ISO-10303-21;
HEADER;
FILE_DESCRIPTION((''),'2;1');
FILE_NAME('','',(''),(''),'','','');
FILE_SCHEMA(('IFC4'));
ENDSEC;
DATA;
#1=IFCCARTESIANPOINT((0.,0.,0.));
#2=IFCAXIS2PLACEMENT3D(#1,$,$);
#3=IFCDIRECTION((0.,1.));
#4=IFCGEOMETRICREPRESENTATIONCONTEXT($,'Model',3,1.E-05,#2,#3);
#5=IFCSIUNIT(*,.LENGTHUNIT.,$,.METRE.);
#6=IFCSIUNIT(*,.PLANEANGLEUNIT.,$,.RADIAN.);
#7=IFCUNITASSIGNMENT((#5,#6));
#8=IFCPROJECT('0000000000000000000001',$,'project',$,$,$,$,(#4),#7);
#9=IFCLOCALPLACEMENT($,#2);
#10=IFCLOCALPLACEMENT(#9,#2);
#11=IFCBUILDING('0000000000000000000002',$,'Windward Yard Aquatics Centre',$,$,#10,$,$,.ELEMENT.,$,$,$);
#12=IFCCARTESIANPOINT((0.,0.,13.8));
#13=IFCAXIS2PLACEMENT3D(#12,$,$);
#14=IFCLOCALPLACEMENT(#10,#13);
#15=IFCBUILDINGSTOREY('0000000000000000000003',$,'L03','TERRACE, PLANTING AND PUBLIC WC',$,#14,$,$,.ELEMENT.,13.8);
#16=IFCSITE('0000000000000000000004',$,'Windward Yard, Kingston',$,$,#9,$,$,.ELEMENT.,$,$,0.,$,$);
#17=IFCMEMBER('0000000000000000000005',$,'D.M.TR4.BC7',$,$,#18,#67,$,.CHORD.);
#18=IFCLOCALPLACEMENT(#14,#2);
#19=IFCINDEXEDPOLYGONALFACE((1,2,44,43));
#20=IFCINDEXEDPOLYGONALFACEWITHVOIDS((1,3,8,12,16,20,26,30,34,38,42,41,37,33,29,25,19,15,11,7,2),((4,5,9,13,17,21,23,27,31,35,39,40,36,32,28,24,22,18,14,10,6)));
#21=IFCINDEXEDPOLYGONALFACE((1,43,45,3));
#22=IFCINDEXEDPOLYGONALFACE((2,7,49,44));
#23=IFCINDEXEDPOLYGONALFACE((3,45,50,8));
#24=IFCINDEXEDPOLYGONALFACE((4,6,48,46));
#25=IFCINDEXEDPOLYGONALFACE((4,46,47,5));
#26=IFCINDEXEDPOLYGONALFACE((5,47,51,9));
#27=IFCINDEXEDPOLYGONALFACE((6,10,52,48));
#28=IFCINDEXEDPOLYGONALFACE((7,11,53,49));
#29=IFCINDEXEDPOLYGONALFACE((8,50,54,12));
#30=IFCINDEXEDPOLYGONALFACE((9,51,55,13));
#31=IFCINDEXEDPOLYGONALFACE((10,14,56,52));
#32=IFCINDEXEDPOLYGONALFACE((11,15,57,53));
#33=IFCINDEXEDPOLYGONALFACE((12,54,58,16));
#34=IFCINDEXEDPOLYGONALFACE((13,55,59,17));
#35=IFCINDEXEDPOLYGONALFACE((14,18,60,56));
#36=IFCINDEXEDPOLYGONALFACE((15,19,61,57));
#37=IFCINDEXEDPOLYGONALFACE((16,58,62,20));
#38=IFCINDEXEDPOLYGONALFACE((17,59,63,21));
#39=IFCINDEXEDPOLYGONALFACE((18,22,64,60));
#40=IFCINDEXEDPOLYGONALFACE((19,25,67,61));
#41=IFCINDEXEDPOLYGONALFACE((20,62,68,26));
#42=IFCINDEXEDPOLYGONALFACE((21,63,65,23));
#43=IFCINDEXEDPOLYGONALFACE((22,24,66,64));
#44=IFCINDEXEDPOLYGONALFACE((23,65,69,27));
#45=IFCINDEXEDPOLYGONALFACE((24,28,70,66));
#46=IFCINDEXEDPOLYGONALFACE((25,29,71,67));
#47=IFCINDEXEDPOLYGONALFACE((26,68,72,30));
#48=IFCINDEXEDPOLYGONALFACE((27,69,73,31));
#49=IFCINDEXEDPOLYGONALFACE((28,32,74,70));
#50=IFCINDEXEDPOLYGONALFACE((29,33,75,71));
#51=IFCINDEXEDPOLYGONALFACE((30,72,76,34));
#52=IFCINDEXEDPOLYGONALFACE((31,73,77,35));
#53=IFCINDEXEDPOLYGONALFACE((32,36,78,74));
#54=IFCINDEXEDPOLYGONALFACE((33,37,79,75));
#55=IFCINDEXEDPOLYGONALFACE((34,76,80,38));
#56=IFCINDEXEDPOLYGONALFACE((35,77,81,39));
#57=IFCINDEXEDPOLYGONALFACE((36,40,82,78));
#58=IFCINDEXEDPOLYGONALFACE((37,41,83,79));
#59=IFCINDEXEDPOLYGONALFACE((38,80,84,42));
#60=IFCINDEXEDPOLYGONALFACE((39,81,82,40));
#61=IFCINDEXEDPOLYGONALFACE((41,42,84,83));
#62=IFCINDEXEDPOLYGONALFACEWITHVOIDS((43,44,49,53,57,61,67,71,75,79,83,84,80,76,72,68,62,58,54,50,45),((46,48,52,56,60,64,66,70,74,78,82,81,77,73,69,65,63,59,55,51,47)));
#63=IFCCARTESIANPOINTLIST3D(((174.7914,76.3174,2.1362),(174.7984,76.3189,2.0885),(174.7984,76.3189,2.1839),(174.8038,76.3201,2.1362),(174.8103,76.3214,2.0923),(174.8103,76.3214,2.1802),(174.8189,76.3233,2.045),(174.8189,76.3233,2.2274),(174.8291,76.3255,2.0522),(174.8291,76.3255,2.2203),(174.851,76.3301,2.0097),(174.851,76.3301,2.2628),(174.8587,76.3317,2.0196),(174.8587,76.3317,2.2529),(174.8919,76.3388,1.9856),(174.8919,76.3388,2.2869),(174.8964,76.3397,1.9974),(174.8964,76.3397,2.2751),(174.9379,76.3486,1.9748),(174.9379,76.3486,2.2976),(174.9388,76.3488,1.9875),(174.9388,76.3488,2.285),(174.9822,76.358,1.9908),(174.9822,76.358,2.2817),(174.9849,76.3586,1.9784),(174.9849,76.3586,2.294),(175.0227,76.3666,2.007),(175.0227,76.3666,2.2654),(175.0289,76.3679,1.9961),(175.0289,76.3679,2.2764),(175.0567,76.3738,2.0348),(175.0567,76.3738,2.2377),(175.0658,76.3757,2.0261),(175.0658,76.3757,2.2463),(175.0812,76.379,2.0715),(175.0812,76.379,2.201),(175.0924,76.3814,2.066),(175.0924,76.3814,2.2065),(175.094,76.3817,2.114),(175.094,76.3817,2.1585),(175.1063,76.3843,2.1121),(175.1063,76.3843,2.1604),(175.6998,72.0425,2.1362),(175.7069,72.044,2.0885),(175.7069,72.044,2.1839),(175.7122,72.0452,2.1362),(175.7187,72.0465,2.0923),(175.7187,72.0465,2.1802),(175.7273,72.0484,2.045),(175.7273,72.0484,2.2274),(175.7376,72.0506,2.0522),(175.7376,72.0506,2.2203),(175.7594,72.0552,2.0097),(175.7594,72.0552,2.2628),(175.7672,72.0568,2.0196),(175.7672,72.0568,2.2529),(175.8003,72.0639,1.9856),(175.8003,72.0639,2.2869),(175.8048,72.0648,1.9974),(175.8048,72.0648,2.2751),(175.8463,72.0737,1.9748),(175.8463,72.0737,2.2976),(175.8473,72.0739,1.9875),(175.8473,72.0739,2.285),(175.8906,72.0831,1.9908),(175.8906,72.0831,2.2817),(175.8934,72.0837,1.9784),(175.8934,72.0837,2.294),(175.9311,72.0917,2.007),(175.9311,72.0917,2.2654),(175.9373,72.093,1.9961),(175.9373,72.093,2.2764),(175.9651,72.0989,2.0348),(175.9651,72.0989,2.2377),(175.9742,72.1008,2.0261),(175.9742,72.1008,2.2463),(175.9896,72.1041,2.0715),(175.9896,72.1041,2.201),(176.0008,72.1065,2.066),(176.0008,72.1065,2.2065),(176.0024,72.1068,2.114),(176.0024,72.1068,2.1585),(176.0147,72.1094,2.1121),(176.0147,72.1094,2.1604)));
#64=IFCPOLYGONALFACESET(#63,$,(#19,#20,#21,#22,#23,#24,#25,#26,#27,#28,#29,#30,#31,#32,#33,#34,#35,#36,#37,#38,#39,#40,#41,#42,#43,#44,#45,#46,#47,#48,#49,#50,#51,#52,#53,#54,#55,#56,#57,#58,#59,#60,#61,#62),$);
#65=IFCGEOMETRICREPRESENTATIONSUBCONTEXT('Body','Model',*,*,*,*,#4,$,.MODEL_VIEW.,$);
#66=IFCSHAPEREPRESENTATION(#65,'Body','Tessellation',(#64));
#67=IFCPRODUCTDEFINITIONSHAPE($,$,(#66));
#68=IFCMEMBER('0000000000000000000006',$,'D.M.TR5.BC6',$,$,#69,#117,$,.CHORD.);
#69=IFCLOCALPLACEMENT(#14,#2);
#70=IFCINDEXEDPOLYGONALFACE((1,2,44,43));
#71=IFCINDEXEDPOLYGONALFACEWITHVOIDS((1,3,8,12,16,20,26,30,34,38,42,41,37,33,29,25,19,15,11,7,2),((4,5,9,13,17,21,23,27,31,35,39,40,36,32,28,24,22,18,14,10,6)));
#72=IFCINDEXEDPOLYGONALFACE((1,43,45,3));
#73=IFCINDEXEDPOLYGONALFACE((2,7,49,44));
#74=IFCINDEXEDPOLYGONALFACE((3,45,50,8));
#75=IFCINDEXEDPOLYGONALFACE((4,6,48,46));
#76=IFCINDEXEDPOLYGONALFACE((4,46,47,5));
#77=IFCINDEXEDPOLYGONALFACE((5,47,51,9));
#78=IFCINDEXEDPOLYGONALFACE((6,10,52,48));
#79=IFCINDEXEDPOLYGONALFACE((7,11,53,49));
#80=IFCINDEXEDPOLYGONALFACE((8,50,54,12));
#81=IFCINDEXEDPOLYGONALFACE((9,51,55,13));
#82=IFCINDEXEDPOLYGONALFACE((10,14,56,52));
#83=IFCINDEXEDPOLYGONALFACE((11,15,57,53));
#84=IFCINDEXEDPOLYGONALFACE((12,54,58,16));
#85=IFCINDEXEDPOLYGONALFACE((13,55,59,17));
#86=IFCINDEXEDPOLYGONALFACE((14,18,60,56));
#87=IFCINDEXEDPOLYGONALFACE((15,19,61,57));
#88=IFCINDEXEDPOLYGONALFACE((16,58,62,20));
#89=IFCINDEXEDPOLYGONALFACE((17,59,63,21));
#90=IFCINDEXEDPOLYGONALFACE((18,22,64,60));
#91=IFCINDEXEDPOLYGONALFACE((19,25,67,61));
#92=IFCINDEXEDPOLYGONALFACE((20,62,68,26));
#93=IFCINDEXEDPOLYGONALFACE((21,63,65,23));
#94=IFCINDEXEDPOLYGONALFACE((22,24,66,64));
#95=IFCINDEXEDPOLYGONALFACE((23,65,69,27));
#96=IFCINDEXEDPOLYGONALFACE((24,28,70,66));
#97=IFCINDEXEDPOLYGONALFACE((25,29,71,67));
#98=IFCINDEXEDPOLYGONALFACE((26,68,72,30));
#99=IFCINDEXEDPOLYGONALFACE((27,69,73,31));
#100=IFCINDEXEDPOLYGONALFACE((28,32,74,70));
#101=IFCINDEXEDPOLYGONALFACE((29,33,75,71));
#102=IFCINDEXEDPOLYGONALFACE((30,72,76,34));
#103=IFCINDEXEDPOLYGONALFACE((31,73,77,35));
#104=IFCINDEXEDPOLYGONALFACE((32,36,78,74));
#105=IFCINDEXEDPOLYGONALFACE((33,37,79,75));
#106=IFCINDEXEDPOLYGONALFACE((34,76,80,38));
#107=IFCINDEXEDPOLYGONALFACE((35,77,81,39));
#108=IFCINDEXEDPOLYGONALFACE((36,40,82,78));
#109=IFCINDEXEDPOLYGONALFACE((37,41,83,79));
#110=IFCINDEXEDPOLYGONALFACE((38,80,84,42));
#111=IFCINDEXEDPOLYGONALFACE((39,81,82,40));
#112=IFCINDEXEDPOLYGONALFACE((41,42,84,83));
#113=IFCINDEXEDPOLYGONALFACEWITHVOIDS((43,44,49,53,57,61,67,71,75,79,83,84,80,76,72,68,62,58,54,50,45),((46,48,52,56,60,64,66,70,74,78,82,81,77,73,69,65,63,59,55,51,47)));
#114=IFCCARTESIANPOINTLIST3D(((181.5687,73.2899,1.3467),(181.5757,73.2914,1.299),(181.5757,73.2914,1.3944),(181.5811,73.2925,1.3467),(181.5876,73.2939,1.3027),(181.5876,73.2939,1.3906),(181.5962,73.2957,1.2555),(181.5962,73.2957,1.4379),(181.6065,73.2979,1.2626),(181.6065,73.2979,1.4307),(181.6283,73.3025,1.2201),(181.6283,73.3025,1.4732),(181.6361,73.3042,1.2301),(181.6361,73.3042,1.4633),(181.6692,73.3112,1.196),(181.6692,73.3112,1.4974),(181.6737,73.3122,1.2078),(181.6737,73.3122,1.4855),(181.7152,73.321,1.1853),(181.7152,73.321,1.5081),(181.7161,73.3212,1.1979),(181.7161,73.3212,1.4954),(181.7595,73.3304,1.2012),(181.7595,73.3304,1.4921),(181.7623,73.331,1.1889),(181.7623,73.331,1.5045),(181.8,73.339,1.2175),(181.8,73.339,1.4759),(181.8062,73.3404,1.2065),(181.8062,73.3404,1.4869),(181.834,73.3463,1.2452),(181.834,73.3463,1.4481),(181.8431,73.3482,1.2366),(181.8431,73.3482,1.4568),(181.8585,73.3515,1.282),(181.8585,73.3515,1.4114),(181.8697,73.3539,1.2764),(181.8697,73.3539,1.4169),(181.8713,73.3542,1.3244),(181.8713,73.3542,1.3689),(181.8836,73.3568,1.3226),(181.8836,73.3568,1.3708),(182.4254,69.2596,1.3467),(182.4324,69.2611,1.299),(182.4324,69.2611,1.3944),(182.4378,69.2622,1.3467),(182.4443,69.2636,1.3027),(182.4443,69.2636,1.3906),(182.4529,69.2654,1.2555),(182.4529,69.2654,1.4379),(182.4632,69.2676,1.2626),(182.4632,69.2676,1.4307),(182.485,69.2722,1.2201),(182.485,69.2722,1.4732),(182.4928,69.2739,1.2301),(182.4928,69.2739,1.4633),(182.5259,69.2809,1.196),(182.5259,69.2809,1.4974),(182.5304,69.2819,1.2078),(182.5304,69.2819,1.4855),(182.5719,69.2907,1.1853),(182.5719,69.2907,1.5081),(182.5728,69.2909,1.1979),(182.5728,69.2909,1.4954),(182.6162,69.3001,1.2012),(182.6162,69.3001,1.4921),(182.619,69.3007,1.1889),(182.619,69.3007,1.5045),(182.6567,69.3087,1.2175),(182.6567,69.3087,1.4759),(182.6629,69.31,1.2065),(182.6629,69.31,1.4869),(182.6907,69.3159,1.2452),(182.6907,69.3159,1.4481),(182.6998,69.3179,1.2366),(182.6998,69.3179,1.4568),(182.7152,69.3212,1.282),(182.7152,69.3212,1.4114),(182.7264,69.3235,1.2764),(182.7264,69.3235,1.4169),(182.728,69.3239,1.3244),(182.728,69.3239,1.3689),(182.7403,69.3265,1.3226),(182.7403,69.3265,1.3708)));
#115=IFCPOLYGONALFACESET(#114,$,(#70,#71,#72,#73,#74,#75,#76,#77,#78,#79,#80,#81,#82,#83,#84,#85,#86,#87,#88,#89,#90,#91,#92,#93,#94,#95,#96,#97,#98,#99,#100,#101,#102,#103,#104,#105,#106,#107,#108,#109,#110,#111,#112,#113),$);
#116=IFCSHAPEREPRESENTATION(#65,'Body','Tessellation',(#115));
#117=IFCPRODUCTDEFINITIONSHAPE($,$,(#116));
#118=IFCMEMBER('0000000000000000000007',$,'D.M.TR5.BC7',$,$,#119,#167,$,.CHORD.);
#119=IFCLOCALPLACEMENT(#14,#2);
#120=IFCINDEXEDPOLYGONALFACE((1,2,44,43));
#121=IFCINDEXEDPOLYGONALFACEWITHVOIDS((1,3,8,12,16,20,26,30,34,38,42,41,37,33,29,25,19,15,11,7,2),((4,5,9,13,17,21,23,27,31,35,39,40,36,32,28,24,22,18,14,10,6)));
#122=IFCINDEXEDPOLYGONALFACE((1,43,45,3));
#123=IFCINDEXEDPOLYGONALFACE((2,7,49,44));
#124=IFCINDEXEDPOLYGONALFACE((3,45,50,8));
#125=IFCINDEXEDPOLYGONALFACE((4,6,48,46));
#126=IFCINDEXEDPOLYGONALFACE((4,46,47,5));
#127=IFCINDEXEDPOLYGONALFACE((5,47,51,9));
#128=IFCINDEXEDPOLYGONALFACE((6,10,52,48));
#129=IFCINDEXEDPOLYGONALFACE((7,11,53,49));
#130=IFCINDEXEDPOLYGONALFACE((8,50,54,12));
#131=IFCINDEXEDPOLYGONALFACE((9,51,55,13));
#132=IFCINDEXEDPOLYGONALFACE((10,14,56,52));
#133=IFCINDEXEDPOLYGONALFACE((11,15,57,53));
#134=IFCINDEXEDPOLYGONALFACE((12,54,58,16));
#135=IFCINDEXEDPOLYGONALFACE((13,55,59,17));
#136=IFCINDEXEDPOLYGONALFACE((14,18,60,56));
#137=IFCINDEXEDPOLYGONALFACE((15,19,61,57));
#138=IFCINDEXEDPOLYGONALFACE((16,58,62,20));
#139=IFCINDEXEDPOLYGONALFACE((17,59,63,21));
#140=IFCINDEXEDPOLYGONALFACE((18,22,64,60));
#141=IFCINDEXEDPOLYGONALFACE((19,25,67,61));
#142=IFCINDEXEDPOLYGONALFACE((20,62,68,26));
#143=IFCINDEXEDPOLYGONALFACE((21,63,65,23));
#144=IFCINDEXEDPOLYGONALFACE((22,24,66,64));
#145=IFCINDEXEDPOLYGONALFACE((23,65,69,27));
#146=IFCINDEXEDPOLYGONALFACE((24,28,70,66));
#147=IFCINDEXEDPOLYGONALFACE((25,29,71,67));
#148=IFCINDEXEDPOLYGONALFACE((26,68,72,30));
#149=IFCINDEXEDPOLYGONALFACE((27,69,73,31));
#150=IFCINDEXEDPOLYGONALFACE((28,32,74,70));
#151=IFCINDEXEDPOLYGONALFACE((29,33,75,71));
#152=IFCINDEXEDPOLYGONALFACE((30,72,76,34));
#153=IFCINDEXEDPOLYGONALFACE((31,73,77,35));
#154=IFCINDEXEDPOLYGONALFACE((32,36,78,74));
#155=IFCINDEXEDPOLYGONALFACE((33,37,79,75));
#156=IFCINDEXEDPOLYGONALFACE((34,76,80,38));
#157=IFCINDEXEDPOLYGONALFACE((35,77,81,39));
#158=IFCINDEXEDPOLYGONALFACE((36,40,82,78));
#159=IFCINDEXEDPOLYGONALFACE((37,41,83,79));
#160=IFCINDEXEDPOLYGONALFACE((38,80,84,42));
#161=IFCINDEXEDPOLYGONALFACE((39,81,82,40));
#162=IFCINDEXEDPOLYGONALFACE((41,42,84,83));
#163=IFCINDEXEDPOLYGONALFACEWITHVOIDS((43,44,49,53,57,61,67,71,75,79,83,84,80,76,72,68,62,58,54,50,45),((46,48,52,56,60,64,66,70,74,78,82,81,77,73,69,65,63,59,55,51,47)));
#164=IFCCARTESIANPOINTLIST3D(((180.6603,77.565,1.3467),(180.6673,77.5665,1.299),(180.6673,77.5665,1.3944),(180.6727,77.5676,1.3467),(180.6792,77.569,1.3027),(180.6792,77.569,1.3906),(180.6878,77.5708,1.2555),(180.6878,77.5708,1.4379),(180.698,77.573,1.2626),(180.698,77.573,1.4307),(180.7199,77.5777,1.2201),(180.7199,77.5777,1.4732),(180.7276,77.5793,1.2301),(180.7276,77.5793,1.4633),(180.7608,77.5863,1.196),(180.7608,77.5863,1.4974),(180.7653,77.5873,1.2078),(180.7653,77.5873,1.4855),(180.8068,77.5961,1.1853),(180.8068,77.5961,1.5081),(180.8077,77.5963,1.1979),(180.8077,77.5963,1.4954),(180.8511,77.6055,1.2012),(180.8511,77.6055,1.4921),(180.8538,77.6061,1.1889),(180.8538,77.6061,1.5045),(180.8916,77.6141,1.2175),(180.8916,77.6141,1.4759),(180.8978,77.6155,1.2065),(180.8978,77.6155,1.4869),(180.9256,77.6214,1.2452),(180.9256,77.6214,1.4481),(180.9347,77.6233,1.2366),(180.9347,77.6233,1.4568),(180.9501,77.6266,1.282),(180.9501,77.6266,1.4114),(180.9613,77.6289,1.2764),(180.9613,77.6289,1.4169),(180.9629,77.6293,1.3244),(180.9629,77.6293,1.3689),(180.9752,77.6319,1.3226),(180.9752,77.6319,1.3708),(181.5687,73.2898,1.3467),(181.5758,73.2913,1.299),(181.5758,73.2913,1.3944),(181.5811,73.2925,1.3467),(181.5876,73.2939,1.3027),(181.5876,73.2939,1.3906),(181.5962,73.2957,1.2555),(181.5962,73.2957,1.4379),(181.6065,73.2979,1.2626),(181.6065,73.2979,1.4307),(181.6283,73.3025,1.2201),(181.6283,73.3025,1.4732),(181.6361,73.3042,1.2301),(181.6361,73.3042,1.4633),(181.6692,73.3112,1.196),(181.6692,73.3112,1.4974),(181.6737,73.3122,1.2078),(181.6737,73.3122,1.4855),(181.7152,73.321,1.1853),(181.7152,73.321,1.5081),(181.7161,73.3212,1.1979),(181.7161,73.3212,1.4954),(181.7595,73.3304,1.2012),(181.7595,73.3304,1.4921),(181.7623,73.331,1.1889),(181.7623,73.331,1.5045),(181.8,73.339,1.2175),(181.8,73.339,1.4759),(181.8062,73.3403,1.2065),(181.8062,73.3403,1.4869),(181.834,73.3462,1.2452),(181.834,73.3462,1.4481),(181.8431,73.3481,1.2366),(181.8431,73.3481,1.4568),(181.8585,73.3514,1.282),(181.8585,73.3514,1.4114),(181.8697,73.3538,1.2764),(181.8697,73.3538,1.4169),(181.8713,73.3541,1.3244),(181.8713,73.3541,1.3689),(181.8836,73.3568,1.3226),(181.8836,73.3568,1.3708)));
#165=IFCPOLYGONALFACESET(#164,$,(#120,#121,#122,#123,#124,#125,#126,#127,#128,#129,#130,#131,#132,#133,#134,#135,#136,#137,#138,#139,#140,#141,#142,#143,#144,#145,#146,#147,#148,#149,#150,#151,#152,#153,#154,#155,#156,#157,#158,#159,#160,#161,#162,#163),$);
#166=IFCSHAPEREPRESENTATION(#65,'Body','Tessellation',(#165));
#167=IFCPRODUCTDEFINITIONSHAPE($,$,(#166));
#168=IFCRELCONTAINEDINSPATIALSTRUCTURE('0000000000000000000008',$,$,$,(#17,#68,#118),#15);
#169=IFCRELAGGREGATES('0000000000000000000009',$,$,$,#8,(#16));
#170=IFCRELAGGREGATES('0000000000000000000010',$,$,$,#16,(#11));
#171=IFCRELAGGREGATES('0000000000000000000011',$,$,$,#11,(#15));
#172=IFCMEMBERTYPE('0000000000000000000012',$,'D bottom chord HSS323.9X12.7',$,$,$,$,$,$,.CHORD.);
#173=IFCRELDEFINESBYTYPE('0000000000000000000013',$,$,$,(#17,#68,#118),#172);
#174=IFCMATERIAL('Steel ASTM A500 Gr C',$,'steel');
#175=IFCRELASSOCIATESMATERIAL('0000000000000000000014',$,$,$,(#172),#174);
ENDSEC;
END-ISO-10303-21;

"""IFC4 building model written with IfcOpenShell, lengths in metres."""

from ifc_helpers import new_model, si_unit, direction, frame, origin, origin_2d, place, context, subcontext, project, spatial, hollow_circle, extrude, material, material_profile, profile_set, type_object, element, save


model = new_model("IFC4")

# Units and contexts
model_context = context("Model", 3, precision=1e-05, world=origin(), true_north=direction((0.0, 1.0)))
body_context = subcontext(model_context, "Body", "Model", "MODEL_VIEW")
ifc_project = project(units=[si_unit("LENGTHUNIT", "METRE"), si_unit("PLANEANGLEUNIT", "RADIAN")], contexts=[model_context])

# Site, building, storey
site_placement = place(None, origin())
site = spatial("IfcSite", under=ifc_project, at=site_placement, Name="Windward Yard, Kingston", CompositionType="ELEMENT", RefElevation=0.0)
building_placement = place(site_placement, origin())
building = spatial("IfcBuilding", under=site, at=building_placement, Name="Windward Yard Aquatics Centre", CompositionType="ELEMENT")
storey_placement = place(building_placement, frame((0.0, 0.0, 13.8)))
storey = spatial("IfcBuildingStorey", under=building, at=storey_placement, Name="L03", Description="TERRACE, PLANTING AND PUBLIC WC", CompositionType="ELEMENT", Elevation=13.8)

# Members
ifc_material_1 = material(Name="Steel ASTM A500 Gr C", Category="steel")
ifc_material_profile_1 = material_profile(ifc_material_1, hollow_circle(Radius=0.1619, WallThickness=0.0127, at=origin_2d()), Name="HSS323.9X12.7")
ifc_profile_set_1 = profile_set([ifc_material_profile_1], Name="Steel ASTM A500 Gr C")
member_type_1 = type_object("IfcMemberType", Name="D bottom chord HSS323.9X12.7", PredefinedType="CHORD", material=ifc_profile_set_1)
member_1_placement = place(storey_placement, frame((175.8582, 72.0762, 2.1362), z_axis=(-0.207865, 0.978157, 0.0), x_axis=(-0.978157, -0.207865, 0.0)))
element("IfcMember", 1, at=member_1_placement, inside=storey, type_object=member_type_1, Name="D.M.TR4.BC7", PredefinedType="CHORD", context=body_context, shape_type="SweptSolid", body=[
    extrude(hollow_circle(Radius=0.1619, WallThickness=0.0127, at=origin_2d()), origin(), (0.0, 0.0, 1.0), 4.3704),
])
member_2_placement = place(storey_placement, frame((182.5837, 69.2932, 1.3467), z_axis=(-0.207918, 0.978146, 0.0), x_axis=(-0.978146, -0.207918, 0.0)))
element("IfcMember", 2, at=member_2_placement, inside=storey, type_object=member_type_1, Name="D.M.TR5.BC6", PredefinedType="CHORD", context=body_context, shape_type="SweptSolid", body=[
    extrude(hollow_circle(Radius=0.1619, WallThickness=0.0127, at=origin_2d()), origin(), (0.0, 0.0, 1.0), 4.1204),
])
member_3_placement = place(storey_placement, frame((181.7271, 73.3235, 1.3467), z_axis=(-0.207854, 0.97816, 0.0), x_axis=(-0.97816, -0.207854, 0.0)))
element("IfcMember", 3, at=member_3_placement, inside=storey, type_object=member_type_1, Name="D.M.TR5.BC7", PredefinedType="CHORD", context=body_context, shape_type="SweptSolid", body=[
    extrude(hollow_circle(Radius=0.1619, WallThickness=0.0127, at=origin_2d()), origin(), (0.0, 0.0, 1.0), 4.3706),
])

save(model, "model.ifc")
